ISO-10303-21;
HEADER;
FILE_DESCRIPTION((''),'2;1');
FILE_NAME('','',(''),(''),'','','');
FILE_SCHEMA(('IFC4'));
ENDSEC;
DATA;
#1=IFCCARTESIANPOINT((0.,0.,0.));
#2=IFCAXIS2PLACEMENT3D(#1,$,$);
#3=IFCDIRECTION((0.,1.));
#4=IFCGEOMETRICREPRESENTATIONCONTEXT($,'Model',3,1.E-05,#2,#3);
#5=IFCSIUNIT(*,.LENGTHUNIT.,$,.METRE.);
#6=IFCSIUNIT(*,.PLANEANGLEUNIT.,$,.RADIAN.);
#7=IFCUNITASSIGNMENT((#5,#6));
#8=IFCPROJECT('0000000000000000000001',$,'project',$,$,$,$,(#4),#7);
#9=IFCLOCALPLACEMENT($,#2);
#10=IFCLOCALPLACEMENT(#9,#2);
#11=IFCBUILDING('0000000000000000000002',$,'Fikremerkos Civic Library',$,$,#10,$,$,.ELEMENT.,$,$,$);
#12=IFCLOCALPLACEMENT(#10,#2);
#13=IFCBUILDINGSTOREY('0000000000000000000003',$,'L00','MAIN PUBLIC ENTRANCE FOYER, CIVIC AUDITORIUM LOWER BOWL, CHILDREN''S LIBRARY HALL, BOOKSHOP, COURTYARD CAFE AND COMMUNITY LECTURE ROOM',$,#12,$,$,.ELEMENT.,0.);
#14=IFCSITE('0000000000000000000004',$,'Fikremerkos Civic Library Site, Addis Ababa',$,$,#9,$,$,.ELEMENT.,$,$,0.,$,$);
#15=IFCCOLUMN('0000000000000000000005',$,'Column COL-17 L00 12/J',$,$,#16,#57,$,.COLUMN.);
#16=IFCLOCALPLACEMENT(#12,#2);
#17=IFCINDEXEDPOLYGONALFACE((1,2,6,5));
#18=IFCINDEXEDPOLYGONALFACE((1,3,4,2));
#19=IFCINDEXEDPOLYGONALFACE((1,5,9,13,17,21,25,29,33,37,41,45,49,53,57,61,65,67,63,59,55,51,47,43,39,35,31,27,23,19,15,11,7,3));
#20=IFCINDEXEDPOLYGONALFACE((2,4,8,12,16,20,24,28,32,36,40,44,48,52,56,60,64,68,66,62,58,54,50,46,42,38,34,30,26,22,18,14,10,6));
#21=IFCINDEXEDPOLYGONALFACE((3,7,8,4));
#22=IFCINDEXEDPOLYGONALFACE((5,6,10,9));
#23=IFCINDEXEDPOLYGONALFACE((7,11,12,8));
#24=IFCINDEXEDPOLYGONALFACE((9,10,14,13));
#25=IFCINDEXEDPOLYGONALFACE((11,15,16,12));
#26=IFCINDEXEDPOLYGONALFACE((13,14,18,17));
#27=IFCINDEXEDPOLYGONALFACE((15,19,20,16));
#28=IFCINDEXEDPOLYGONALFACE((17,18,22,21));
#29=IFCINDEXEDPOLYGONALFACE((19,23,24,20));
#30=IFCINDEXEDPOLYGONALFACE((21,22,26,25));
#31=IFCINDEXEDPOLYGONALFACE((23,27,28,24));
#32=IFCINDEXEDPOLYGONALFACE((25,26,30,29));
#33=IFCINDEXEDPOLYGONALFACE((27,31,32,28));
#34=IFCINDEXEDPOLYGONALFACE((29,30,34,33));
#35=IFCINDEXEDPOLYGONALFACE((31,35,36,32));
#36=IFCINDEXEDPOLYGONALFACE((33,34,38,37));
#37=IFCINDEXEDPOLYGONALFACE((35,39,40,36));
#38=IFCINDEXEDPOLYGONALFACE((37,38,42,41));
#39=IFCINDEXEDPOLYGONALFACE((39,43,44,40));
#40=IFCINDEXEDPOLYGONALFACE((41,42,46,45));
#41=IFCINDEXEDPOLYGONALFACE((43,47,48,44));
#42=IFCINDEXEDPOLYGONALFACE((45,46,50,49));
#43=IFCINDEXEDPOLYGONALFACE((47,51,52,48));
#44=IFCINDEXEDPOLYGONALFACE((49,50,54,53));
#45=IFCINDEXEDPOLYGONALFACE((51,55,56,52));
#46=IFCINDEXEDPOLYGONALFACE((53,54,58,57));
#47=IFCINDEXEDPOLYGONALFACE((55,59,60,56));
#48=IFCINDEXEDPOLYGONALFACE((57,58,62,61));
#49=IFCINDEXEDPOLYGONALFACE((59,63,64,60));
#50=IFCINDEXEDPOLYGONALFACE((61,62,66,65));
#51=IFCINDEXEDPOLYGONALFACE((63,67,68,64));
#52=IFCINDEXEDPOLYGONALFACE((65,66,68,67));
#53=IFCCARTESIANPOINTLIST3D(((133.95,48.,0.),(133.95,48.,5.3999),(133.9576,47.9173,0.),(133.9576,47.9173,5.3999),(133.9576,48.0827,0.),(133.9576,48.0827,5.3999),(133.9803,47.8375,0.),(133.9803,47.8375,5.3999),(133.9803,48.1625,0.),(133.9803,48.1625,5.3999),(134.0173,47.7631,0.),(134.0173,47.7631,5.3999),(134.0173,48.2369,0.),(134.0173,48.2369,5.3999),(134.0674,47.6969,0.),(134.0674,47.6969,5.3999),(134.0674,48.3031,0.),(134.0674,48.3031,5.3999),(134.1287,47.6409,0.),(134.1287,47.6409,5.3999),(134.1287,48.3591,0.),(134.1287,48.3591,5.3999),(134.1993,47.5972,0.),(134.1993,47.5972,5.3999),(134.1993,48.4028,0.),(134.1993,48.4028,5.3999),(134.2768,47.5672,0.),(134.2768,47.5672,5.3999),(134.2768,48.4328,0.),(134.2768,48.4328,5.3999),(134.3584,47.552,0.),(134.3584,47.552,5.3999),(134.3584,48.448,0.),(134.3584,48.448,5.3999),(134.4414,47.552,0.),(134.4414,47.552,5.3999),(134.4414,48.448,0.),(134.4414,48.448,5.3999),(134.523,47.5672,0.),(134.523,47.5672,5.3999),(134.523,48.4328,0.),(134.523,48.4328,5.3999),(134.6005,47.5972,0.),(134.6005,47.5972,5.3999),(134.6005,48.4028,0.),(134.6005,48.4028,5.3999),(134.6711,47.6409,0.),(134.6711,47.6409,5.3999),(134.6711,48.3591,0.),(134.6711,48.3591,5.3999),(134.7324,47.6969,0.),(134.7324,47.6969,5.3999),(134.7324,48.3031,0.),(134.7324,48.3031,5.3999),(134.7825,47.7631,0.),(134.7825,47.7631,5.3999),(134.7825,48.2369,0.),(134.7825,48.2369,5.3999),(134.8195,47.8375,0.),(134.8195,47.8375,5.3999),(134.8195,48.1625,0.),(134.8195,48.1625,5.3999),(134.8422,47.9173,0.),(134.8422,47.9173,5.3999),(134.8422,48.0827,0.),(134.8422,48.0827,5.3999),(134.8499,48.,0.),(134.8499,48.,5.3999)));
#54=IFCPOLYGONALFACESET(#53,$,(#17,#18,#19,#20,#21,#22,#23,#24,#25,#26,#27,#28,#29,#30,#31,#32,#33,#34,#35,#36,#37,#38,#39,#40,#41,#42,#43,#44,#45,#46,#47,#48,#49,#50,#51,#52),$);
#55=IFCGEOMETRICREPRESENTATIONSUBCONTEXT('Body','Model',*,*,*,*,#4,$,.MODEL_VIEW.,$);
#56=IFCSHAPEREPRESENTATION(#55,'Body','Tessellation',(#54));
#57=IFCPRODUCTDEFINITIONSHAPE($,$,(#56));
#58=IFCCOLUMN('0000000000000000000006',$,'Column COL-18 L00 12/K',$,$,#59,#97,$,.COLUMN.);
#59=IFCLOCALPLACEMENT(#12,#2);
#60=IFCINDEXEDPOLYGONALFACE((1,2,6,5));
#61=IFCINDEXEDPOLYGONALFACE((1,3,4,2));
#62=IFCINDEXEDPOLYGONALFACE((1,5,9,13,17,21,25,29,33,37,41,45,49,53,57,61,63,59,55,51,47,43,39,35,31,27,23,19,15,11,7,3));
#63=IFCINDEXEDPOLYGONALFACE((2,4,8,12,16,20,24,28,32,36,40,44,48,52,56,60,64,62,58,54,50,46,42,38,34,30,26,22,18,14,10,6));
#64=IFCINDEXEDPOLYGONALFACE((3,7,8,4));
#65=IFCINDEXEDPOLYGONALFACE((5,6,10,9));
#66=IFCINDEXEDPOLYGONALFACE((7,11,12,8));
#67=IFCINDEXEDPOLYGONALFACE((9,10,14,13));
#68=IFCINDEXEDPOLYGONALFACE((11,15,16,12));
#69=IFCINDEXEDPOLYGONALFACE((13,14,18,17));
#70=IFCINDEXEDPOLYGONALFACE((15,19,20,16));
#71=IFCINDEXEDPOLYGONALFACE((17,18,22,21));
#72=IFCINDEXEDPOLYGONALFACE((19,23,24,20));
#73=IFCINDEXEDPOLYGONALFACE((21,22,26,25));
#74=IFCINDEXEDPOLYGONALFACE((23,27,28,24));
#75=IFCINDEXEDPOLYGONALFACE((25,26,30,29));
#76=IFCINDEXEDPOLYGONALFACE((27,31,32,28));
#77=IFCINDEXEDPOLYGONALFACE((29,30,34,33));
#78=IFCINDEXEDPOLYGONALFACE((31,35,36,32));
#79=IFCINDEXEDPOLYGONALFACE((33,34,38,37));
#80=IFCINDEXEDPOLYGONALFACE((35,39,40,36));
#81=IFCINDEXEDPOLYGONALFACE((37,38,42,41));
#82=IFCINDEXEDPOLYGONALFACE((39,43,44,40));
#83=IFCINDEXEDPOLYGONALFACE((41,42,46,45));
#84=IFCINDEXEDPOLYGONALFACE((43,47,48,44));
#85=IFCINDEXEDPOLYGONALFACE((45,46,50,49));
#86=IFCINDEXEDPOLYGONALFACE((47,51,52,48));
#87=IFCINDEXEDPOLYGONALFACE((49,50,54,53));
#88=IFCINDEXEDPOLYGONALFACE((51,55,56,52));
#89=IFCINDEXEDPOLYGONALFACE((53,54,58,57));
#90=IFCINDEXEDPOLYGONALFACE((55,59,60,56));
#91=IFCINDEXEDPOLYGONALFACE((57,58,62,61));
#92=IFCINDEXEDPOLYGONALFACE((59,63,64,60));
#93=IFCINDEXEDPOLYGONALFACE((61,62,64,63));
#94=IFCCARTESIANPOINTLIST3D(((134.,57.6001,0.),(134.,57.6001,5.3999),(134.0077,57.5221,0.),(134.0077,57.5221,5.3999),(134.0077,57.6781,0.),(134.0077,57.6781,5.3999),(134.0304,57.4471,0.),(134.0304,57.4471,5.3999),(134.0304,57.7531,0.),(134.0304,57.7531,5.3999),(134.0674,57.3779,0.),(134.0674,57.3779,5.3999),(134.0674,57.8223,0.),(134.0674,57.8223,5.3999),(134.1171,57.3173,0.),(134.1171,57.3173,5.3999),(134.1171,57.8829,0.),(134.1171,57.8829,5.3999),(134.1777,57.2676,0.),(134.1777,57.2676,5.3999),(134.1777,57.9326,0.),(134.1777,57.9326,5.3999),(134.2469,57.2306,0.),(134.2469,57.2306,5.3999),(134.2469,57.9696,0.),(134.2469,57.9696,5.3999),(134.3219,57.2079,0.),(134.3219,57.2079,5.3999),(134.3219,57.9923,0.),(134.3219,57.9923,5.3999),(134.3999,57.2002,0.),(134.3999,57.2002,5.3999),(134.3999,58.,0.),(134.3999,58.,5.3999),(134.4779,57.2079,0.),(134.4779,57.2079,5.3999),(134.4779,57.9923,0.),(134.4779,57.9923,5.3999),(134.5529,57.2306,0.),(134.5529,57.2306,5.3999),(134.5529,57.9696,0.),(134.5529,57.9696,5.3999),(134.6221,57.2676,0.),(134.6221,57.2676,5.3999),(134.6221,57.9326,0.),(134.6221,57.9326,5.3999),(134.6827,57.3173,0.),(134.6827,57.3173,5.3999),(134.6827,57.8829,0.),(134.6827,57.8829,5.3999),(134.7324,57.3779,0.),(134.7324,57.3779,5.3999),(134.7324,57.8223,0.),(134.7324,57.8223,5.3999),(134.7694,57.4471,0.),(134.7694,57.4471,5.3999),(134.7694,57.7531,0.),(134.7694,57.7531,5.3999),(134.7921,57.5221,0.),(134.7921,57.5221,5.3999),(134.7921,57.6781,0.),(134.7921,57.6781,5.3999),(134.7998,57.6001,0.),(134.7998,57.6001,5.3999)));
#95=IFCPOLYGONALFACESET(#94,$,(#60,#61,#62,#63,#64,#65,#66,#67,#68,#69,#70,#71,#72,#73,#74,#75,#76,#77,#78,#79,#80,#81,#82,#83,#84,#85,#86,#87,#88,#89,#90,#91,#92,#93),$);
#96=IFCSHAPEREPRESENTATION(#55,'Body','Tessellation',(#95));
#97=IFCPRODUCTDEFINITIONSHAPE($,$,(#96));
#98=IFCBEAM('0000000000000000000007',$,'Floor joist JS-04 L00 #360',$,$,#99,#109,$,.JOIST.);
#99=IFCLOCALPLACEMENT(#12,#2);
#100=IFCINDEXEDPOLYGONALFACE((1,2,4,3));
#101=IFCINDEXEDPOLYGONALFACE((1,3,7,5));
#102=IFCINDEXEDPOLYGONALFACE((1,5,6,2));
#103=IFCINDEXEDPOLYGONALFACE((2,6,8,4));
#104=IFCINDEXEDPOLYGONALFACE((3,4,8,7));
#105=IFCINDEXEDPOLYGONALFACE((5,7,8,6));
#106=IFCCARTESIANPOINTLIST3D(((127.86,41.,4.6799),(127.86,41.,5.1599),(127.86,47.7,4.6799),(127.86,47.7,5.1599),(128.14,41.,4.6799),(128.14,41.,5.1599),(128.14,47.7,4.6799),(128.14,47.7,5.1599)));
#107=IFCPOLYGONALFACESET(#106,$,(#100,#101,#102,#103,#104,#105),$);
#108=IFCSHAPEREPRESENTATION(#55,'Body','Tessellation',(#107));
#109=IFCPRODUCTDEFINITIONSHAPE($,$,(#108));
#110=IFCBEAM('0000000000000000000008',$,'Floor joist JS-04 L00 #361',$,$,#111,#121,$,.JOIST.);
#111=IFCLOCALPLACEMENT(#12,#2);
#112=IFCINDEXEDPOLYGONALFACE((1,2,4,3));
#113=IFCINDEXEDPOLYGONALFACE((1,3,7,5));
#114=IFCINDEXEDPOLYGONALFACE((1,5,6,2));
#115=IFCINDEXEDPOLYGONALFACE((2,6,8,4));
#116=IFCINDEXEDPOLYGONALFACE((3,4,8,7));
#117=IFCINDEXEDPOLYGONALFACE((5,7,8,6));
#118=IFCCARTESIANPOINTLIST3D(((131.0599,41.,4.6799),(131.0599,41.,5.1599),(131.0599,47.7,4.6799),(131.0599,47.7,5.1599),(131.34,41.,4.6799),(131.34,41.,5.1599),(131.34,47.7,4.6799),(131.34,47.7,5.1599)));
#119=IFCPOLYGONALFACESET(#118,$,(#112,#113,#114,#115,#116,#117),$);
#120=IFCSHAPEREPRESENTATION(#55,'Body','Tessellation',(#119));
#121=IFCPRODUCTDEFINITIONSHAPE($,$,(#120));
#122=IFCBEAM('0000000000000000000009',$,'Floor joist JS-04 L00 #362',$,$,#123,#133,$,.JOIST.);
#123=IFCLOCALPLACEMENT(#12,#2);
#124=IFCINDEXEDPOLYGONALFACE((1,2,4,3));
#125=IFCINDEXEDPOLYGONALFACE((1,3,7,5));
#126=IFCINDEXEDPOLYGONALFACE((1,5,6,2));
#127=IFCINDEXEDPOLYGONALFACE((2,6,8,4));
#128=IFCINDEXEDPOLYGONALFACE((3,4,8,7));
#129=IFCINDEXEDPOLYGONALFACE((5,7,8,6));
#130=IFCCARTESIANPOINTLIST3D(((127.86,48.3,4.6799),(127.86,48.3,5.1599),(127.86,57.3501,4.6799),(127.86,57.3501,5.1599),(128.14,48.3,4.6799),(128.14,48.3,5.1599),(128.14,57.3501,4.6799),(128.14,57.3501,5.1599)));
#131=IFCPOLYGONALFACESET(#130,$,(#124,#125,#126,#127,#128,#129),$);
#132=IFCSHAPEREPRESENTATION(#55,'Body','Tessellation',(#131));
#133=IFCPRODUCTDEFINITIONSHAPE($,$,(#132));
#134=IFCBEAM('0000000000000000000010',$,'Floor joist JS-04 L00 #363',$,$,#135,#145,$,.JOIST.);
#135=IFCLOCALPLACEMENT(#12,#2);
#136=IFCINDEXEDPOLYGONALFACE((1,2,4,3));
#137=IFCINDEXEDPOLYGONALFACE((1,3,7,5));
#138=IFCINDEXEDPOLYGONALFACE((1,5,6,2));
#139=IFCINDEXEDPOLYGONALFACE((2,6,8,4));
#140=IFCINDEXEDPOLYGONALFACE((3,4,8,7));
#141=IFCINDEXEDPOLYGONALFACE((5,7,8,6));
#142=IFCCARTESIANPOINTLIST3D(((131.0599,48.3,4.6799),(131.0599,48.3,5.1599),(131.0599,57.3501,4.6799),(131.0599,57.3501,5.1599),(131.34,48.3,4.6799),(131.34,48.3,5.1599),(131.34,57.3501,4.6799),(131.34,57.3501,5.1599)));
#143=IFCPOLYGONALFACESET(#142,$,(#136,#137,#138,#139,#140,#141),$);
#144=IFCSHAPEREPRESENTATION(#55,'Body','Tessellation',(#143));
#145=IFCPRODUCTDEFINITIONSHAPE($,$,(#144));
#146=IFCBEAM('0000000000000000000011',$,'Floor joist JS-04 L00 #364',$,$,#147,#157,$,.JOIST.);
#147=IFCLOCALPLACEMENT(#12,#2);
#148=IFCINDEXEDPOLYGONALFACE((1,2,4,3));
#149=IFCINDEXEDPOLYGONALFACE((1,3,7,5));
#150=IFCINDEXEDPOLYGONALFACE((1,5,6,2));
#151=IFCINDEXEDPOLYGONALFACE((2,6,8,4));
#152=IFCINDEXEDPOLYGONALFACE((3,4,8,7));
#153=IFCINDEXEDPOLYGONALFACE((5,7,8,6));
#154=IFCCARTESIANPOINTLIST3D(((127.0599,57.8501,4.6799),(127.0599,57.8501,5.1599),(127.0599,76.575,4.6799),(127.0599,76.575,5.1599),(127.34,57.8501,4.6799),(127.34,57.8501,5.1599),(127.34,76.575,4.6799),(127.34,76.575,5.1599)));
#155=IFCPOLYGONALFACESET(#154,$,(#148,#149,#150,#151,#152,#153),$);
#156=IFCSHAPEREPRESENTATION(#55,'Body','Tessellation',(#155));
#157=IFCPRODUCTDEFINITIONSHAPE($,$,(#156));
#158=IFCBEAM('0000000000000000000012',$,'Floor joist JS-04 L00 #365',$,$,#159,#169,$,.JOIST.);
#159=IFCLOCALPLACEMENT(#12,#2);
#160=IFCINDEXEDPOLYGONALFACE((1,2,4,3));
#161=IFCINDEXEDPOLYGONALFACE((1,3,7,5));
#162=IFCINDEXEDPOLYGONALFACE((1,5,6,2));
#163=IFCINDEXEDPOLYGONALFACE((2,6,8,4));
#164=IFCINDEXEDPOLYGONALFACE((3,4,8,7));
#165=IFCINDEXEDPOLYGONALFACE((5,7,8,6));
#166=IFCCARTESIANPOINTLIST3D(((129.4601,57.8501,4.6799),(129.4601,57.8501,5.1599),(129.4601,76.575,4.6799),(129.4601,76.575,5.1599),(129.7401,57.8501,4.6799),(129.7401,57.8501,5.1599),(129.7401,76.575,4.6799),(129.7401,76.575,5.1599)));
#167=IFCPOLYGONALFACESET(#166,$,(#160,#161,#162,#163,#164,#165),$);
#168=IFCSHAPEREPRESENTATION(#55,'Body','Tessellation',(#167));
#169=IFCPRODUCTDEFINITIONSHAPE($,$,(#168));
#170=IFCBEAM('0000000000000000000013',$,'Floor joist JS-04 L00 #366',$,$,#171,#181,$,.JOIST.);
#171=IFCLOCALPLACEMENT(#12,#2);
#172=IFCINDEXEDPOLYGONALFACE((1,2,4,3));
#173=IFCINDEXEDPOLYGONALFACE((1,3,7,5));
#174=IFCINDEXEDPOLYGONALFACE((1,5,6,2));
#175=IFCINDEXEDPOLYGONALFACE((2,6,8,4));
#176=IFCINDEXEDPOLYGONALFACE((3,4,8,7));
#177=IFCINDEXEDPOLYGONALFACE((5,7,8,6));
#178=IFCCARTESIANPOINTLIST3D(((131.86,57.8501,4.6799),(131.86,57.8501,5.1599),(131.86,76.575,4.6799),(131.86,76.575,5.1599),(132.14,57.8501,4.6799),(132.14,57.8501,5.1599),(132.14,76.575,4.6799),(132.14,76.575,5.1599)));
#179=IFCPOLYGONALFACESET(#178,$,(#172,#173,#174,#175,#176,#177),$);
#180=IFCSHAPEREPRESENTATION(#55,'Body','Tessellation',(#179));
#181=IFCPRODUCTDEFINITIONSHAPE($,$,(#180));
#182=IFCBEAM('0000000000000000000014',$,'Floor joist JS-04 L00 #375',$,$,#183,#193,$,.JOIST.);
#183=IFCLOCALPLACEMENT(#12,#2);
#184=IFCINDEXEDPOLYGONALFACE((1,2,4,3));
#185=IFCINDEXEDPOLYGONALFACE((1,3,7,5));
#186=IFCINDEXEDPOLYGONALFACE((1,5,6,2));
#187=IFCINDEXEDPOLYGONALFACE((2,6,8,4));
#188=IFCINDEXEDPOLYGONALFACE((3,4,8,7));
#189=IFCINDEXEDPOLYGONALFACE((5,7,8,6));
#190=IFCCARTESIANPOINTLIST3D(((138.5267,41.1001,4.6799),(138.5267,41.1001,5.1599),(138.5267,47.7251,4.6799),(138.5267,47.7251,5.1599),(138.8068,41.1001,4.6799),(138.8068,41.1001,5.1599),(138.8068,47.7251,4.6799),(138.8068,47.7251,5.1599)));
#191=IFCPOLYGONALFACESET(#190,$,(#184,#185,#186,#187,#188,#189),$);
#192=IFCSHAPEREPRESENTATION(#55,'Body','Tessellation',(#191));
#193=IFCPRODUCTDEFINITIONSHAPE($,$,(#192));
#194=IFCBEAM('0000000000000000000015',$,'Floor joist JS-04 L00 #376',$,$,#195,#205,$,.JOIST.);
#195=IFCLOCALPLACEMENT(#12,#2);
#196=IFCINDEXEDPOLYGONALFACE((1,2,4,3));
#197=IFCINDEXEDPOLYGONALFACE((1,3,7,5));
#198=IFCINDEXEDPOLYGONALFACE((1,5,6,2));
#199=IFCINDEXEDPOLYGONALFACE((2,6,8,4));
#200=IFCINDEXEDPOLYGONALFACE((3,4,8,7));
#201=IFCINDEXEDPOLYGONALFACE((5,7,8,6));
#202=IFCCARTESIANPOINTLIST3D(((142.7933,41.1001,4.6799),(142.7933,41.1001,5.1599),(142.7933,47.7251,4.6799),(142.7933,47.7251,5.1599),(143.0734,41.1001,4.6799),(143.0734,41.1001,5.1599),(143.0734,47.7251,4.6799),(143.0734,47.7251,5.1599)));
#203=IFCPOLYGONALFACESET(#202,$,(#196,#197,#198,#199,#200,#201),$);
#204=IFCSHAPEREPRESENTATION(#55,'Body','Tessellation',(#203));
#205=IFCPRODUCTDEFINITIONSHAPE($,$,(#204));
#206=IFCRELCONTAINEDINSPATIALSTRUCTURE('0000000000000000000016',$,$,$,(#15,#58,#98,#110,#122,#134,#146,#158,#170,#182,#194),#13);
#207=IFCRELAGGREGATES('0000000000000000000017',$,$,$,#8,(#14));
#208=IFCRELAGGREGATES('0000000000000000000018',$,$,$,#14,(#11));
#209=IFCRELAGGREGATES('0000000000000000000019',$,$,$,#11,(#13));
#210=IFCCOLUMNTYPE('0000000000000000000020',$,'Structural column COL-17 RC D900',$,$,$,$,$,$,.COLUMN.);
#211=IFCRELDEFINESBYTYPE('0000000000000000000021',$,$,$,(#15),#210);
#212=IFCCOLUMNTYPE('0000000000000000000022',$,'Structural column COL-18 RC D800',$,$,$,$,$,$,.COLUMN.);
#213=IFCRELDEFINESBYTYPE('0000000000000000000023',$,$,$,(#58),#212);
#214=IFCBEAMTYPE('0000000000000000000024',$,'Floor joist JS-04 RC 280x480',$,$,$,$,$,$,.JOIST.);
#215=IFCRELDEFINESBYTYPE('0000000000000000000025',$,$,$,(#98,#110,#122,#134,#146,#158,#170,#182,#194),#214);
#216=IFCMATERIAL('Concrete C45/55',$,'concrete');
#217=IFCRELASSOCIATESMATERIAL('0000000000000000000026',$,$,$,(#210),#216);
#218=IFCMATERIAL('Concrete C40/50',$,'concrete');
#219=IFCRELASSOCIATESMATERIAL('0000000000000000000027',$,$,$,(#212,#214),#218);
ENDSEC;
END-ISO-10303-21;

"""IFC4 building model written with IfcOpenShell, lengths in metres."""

from ifc_helpers import new_model, si_unit, direction, frame, origin, origin_2d, place, context, subcontext, project, spatial, rectangle, circle, extrude, material, material_profile, profile_set, type_object, element, save


model = new_model("IFC4")

# Units and contexts
model_context = context("Model", 3, precision=1e-05, world=origin(), true_north=direction((0.0, 1.0)))
body_context = subcontext(model_context, "Body", "Model", "MODEL_VIEW")
ifc_project = project(units=[si_unit("LENGTHUNIT", "METRE"), si_unit("PLANEANGLEUNIT", "RADIAN")], contexts=[model_context])

# Site, building, storey
site_placement = place(None, origin())
site = spatial("IfcSite", under=ifc_project, at=site_placement, Name="Fikremerkos Civic Library Site, Addis Ababa", CompositionType="ELEMENT", RefElevation=0.0)
building_placement = place(site_placement, origin())
building = spatial("IfcBuilding", under=site, at=building_placement, Name="Fikremerkos Civic Library", CompositionType="ELEMENT")
storey_placement = place(building_placement, origin())
storey = spatial("IfcBuildingStorey", under=building, at=storey_placement, Name="L00", Description="MAIN PUBLIC ENTRANCE FOYER, CIVIC AUDITORIUM LOWER BOWL, CHILDREN'S LIBRARY HALL, BOOKSHOP, COURTYARD CAFE AND COMMUNITY LECTURE ROOM", CompositionType="ELEMENT", Elevation=0.0)

# Columns
ifc_material_1 = material(Name="Concrete C45/55", Category="concrete")
ifc_material_profile_1 = material_profile(ifc_material_1, circle(Radius=0.45, at=origin_2d()), Name="RC D900")
ifc_profile_set_1 = profile_set([ifc_material_profile_1], Name="Concrete C45/55")
column_type_1 = type_object("IfcColumnType", Name="Structural column COL-17 RC D900", PredefinedType="COLUMN", material=ifc_profile_set_1)
column_1_placement = place(storey_placement, frame((134.3999, 48.0, 0.0), z_axis=(0.0, 0.0, 1.0), x_axis=(1.0, 0.0, 0.0)))
element("IfcColumn", 1, at=column_1_placement, inside=storey, type_object=column_type_1, Name="Column COL-17 L00 12/J", PredefinedType="COLUMN", context=body_context, shape_type="SweptSolid", body=[
    extrude(circle(Radius=0.45, at=origin_2d()), origin(), (0.0, 0.0, 1.0), 5.3999),
])
ifc_material_2 = material(Name="Concrete C40/50", Category="concrete")
ifc_material_profile_2 = material_profile(ifc_material_2, circle(Radius=0.3999, at=origin_2d()), Name="RC D800")
ifc_profile_set_2 = profile_set([ifc_material_profile_2], Name="Concrete C40/50")
column_type_2 = type_object("IfcColumnType", Name="Structural column COL-18 RC D800", PredefinedType="COLUMN", material=ifc_profile_set_2)
column_2_placement = place(storey_placement, frame((134.3999, 57.6001, 0.0), z_axis=(0.0, 0.0, 1.0), x_axis=(1.0, 0.0, 0.0)))
element("IfcColumn", 2, at=column_2_placement, inside=storey, type_object=column_type_2, Name="Column COL-18 L00 12/K", PredefinedType="COLUMN", context=body_context, shape_type="SweptSolid", body=[
    extrude(circle(Radius=0.3999, at=origin_2d()), origin(), (0.0, 0.0, 1.0), 5.3999),
])

# Beams
ifc_material_profile_3 = material_profile(ifc_material_2, rectangle(XDim=0.28, YDim=0.48, at=origin_2d()), Name="RC 280x480")
ifc_profile_set_3 = profile_set([ifc_material_profile_3], Name="Concrete C40/50")
beam_type_1 = type_object("IfcBeamType", Name="Floor joist JS-04 RC 280x480", PredefinedType="JOIST", material=ifc_profile_set_3)
for number, where, z_axis, x_axis, name in (
    (3, (128.0, 41.0, 4.9199), (0.0, 1.0, 0.0), (-1.0, 0.0, 0.0), "Floor joist JS-04 L00 #360"),
    (4, (131.2, 41.0, 4.9199), (0.0, 1.0, 0.0), (-1.0, 0.0, 0.0), "Floor joist JS-04 L00 #361"),
):
    element("IfcBeam", number, at=place(storey_placement, frame(where, z_axis=z_axis, x_axis=x_axis)), inside=storey, type_object=beam_type_1, Name=name, PredefinedType="JOIST", context=body_context, shape_type="SweptSolid", body=[
        extrude(rectangle(XDim=0.28, YDim=0.48, at=origin_2d()), origin(), (0.0, 0.0, 1.0), 6.7),
    ])
for number, where, z_axis, x_axis, name in (
    (5, (128.0, 48.3, 4.9199), (0.0, 1.0, 0.0), (-1.0, 0.0, 0.0), "Floor joist JS-04 L00 #362"),
    (6, (131.2, 48.3, 4.9199), (0.0, 1.0, 0.0), (-1.0, 0.0, 0.0), "Floor joist JS-04 L00 #363"),
):
    element("IfcBeam", number, at=place(storey_placement, frame(where, z_axis=z_axis, x_axis=x_axis)), inside=storey, type_object=beam_type_1, Name=name, PredefinedType="JOIST", context=body_context, shape_type="SweptSolid", body=[
        extrude(rectangle(XDim=0.28, YDim=0.48, at=origin_2d()), origin(), (0.0, 0.0, 1.0), 9.05),
    ])
for number, where, z_axis, x_axis, name in (
    (7, (127.2, 57.8501, 4.9199), (0.0, 1.0, 0.0), (-1.0, 0.0, 0.0), "Floor joist JS-04 L00 #364"),
    (8, (129.6001, 57.8501, 4.9199), (0.0, 1.0, 0.0), (-1.0, 0.0, 0.0), "Floor joist JS-04 L00 #365"),
    (9, (132.0, 57.8501, 4.9199), (0.0, 1.0, 0.0), (-1.0, 0.0, 0.0), "Floor joist JS-04 L00 #366"),
):
    element("IfcBeam", number, at=place(storey_placement, frame(where, z_axis=z_axis, x_axis=x_axis)), inside=storey, type_object=beam_type_1, Name=name, PredefinedType="JOIST", context=body_context, shape_type="SweptSolid", body=[
        extrude(rectangle(XDim=0.28, YDim=0.48, at=origin_2d()), origin(), (0.0, 0.0, 1.0), 18.7249),
    ])
for number, where, z_axis, x_axis, name in (
    (10, (138.6667, 41.1001, 4.9199), (0.0, 1.0, 0.0), (-1.0, 0.0, 0.0), "Floor joist JS-04 L00 #375"),
    (11, (142.9333, 41.1001, 4.9199), (0.0, 1.0, 0.0), (-1.0, 0.0, 0.0), "Floor joist JS-04 L00 #376"),
):
    element("IfcBeam", number, at=place(storey_placement, frame(where, z_axis=z_axis, x_axis=x_axis)), inside=storey, type_object=beam_type_1, Name=name, PredefinedType="JOIST", context=body_context, shape_type="SweptSolid", body=[
        extrude(rectangle(XDim=0.28, YDim=0.48, at=origin_2d()), origin(), (0.0, 0.0, 1.0), 6.625),
    ])

save(model, "model.ifc")
